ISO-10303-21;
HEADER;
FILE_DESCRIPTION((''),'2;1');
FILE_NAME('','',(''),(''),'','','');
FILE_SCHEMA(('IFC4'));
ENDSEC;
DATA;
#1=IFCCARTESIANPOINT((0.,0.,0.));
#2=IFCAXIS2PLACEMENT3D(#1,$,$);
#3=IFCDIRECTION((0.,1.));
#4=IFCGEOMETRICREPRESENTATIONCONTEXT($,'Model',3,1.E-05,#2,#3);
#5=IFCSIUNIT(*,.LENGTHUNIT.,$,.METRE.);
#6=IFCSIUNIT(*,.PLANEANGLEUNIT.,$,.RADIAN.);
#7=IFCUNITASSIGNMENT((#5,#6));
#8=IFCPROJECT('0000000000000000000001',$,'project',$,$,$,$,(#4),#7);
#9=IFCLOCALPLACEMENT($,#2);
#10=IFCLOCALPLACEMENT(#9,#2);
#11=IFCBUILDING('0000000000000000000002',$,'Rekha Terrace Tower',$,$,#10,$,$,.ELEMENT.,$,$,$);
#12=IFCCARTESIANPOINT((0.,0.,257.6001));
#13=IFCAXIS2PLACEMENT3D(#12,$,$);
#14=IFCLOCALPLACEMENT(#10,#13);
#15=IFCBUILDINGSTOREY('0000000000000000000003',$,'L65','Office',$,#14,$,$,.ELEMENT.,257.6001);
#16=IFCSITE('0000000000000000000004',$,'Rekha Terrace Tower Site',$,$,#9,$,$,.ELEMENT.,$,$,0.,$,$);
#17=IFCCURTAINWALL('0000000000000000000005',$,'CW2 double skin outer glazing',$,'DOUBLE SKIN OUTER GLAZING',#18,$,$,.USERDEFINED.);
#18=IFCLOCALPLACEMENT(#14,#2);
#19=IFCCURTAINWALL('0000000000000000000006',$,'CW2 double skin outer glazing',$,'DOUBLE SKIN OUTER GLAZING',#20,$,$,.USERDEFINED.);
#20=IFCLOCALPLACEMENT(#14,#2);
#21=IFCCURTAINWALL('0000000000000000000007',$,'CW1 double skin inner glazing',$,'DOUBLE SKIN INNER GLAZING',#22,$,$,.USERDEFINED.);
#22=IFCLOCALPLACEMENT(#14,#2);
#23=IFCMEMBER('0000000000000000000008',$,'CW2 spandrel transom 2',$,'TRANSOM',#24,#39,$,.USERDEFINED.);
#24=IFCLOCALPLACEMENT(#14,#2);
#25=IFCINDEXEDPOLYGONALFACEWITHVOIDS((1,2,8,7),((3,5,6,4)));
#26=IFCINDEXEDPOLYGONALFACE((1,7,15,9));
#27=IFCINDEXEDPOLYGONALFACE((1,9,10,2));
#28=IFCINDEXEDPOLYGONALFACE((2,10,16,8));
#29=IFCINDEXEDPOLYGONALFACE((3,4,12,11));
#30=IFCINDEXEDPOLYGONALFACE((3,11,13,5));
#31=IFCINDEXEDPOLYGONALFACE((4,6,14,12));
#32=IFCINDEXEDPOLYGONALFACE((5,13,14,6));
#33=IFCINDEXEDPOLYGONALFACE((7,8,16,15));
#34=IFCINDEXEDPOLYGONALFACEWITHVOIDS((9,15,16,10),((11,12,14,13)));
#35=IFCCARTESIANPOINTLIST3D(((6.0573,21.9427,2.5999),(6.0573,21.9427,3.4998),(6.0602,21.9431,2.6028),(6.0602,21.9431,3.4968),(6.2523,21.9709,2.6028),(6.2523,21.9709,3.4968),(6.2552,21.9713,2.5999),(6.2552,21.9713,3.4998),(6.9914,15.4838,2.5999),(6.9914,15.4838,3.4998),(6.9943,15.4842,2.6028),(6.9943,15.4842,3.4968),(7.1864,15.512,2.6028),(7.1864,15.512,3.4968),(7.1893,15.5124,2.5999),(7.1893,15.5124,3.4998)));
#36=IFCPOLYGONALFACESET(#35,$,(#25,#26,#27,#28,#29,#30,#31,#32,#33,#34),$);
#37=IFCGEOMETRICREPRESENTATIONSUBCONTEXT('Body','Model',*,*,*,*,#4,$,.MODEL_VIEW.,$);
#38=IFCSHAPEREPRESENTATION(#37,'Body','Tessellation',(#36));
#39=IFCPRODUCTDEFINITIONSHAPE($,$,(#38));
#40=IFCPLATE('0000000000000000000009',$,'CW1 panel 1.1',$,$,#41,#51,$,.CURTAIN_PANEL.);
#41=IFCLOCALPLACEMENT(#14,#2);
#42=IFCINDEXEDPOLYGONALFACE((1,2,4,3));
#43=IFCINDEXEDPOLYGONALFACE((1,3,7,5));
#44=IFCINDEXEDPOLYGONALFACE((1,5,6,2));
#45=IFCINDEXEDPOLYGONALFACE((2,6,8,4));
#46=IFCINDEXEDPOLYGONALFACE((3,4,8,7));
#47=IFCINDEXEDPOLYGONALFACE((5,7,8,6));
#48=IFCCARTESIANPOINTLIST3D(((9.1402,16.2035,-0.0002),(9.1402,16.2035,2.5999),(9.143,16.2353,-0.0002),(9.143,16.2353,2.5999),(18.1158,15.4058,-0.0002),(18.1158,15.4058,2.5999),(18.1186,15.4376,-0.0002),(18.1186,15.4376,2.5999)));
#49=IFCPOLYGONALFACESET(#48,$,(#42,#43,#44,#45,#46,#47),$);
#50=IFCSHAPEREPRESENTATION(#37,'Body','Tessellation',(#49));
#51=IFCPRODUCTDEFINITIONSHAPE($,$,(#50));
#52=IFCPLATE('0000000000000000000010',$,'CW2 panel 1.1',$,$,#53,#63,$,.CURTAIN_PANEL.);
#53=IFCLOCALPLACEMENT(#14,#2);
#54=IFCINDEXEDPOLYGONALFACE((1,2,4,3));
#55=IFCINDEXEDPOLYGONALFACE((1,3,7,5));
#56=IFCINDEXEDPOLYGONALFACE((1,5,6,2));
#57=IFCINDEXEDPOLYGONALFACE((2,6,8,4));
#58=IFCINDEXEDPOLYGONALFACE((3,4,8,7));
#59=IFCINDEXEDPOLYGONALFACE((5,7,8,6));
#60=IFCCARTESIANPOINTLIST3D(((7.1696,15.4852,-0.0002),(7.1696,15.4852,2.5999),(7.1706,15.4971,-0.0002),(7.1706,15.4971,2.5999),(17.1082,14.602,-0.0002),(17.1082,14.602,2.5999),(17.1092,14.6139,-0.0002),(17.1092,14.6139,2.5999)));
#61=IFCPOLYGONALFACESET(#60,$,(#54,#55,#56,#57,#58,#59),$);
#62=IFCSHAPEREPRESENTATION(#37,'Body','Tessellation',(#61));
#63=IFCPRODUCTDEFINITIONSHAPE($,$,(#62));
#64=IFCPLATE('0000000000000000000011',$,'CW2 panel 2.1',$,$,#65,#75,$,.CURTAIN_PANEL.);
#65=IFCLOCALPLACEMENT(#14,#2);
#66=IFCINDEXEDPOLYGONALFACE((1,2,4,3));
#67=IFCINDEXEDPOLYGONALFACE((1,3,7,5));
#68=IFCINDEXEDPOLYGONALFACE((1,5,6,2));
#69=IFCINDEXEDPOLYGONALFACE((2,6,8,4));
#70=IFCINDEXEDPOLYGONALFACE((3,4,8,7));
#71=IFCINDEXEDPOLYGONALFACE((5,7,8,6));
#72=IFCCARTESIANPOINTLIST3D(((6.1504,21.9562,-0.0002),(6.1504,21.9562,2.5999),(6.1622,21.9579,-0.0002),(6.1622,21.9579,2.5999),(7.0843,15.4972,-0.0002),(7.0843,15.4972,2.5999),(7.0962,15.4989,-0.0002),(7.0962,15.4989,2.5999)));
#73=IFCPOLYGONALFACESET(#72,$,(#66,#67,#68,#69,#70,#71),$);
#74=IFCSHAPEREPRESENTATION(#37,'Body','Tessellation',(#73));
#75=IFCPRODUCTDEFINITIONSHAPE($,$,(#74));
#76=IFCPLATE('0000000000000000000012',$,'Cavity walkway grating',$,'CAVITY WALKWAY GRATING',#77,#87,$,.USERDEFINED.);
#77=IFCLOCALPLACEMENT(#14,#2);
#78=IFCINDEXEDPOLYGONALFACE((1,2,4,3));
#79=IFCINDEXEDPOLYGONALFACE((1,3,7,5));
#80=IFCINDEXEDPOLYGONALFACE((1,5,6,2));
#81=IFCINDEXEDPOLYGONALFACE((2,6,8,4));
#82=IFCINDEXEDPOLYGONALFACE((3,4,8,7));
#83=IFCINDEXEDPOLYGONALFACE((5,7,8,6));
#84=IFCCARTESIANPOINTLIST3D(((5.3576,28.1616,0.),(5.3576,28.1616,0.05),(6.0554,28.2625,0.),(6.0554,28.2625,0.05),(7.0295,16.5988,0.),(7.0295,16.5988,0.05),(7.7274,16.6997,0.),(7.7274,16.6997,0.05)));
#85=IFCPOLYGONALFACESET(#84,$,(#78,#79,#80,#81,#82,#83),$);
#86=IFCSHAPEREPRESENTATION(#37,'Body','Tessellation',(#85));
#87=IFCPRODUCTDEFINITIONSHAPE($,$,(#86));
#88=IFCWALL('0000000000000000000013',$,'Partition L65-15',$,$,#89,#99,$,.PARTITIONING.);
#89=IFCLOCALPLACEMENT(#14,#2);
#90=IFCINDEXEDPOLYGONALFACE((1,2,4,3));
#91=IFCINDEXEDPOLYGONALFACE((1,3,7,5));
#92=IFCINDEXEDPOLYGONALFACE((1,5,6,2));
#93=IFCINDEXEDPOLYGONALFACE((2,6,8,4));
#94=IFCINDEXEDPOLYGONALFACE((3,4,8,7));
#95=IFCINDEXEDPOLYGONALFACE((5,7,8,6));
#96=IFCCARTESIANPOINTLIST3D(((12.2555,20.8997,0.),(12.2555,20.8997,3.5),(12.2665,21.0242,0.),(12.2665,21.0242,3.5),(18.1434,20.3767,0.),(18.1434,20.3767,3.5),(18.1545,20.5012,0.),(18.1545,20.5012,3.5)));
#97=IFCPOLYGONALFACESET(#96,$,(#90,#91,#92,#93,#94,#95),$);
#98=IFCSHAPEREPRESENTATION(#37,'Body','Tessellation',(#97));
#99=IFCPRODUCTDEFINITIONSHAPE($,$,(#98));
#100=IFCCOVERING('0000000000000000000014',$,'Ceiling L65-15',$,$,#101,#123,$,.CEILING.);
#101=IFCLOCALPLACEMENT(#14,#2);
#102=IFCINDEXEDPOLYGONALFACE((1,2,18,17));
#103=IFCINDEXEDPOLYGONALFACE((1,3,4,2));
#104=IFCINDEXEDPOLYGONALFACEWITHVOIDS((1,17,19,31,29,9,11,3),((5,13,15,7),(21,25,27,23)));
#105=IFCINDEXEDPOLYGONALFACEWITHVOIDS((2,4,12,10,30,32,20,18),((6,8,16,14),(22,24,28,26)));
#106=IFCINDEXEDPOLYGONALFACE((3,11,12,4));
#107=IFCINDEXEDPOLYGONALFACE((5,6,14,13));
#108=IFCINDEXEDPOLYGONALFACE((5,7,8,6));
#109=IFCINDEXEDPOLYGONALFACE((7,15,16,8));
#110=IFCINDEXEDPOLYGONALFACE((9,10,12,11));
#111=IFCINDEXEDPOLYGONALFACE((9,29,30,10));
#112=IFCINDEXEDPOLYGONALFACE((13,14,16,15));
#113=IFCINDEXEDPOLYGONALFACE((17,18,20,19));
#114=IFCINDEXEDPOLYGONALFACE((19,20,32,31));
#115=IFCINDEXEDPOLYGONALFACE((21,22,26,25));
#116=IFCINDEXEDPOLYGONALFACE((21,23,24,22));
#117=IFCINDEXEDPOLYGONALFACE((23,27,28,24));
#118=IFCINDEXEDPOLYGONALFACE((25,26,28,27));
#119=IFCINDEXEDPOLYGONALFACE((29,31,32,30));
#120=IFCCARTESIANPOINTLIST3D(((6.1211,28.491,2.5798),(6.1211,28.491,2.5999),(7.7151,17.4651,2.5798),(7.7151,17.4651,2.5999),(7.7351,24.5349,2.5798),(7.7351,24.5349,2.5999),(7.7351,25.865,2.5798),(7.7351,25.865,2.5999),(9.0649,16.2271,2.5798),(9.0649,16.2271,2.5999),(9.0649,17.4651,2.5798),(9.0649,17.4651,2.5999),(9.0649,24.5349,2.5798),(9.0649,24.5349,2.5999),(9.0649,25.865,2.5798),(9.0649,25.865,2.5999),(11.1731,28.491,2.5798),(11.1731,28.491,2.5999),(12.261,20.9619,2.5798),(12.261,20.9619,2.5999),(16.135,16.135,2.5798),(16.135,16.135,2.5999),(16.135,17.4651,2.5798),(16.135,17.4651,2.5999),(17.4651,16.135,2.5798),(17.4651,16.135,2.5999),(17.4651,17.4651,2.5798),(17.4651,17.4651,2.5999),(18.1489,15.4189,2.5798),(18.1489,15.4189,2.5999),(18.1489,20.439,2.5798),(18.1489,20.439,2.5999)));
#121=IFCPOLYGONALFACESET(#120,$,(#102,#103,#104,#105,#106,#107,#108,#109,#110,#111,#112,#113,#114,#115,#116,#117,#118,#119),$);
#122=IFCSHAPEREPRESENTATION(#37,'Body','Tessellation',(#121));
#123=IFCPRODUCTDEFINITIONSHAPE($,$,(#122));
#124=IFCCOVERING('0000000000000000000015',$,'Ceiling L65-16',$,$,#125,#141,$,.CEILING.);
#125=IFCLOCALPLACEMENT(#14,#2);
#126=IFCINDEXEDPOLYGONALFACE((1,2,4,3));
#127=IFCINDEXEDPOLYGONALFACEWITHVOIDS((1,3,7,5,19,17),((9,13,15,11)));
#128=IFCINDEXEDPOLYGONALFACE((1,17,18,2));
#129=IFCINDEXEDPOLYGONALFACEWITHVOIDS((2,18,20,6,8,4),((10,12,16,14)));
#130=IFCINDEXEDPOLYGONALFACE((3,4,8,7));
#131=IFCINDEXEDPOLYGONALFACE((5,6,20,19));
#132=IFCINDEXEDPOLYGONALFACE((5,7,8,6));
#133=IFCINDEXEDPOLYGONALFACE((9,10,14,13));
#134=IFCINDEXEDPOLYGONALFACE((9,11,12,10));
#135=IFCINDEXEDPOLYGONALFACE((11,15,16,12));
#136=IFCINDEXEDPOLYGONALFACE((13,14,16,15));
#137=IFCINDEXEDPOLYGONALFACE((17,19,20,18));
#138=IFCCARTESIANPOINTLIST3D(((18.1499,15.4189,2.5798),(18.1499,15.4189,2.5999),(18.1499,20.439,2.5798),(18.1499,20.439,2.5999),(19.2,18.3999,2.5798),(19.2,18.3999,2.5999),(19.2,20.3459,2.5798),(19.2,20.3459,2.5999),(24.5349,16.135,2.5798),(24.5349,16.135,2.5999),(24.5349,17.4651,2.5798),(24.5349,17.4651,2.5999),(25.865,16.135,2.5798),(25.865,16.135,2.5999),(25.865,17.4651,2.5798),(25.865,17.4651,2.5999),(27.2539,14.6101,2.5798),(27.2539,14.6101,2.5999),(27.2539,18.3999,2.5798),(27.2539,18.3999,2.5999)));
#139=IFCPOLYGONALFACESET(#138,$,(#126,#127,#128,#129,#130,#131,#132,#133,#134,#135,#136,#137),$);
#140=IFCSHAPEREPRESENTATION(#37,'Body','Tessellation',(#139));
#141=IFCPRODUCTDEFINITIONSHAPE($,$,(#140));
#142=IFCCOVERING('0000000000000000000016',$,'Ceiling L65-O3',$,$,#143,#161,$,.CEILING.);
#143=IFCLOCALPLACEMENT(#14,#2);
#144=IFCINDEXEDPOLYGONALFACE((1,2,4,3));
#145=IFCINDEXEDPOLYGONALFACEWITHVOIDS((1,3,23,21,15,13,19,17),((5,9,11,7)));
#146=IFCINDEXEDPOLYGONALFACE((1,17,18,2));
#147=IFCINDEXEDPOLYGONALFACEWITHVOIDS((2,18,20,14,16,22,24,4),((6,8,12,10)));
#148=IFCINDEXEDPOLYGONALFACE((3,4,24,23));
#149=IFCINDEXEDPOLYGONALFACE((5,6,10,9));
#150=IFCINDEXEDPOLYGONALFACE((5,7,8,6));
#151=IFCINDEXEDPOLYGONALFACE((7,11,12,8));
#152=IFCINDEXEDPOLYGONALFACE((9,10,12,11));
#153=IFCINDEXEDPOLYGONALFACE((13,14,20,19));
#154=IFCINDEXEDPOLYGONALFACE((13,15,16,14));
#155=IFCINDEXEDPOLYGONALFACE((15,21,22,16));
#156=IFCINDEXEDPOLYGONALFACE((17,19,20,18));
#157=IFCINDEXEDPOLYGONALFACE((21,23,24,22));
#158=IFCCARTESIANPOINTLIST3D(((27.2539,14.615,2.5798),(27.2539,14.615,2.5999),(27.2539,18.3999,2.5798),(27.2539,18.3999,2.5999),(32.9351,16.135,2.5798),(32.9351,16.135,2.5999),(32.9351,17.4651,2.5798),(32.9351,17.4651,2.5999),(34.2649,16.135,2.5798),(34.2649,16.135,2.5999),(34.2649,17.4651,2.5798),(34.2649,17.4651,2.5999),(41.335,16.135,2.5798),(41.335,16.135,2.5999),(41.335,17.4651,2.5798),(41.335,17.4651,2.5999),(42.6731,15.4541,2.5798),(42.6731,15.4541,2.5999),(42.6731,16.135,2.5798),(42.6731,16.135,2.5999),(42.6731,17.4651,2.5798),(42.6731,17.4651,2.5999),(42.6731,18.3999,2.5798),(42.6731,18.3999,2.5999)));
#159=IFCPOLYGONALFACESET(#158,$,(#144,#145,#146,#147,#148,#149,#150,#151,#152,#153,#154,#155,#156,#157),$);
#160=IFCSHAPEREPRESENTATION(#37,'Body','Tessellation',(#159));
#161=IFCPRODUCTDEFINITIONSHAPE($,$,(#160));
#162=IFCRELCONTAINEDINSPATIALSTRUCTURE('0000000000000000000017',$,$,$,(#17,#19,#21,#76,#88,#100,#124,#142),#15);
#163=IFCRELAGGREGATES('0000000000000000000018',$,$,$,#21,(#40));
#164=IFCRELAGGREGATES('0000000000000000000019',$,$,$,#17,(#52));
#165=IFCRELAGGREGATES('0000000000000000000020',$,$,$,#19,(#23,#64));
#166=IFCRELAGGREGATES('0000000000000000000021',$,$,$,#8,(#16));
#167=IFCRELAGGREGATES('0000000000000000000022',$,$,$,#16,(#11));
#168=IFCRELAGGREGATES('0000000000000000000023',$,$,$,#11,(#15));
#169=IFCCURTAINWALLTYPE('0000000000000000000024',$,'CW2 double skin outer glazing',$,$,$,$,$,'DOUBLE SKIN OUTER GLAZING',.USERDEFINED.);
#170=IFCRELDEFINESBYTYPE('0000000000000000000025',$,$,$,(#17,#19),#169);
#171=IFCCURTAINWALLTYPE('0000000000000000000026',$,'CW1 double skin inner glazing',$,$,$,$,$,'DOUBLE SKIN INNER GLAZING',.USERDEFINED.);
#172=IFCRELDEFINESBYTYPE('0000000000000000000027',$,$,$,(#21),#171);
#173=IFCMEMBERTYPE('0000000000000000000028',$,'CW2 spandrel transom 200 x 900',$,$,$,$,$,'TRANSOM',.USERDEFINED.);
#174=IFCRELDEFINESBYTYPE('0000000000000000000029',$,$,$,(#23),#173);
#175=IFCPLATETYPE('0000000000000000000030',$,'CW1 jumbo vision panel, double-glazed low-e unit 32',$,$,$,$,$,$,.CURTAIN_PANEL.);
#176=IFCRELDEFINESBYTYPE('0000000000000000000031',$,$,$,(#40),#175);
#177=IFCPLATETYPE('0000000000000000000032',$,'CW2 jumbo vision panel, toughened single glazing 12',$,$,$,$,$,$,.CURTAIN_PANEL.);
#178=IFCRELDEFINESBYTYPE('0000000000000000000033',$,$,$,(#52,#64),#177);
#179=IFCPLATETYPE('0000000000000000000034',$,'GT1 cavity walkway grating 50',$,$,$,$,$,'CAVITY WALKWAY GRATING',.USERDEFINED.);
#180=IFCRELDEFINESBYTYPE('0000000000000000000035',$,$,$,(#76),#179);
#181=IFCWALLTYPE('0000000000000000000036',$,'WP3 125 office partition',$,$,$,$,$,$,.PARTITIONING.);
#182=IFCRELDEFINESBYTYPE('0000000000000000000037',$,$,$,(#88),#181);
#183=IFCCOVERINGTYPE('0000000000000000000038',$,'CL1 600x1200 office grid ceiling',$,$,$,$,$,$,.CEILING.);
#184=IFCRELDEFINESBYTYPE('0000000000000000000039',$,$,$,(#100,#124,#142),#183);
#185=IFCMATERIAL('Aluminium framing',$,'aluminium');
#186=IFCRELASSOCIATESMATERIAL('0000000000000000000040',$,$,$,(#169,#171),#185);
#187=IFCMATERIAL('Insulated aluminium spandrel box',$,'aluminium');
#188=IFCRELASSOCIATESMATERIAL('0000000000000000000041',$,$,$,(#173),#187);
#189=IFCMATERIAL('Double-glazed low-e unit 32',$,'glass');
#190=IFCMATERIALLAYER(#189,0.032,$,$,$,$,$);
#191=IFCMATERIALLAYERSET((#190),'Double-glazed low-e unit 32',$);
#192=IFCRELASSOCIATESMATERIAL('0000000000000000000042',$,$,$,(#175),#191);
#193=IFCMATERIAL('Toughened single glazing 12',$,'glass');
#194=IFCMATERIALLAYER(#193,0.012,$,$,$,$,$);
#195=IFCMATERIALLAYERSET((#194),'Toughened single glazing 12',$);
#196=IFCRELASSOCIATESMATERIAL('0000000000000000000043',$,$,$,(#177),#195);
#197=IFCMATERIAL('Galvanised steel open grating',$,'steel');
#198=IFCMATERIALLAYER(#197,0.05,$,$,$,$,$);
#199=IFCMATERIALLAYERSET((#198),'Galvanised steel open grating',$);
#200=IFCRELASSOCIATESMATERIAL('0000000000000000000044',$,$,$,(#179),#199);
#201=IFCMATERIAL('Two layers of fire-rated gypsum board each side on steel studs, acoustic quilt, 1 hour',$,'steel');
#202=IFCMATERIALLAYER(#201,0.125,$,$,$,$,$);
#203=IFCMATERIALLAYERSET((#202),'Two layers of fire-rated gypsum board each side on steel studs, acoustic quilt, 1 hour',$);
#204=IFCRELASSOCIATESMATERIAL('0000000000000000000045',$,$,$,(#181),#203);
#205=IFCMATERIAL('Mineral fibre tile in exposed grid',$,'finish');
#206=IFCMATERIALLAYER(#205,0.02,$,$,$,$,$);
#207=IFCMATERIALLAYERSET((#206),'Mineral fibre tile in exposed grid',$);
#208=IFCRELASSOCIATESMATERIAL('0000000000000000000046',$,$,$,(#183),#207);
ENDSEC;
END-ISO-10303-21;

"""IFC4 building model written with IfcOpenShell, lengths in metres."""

from ifc_helpers import new_model, si_unit, direction, frame, frame_2d, origin, origin_2d, place, context, subcontext, project, spatial, polyline, rectangle, hollow_rectangle, outline, extrude, material, layer, layer_set, material_profile, profile_set, type_object, element, aggregate, save


model = new_model("IFC4")

# Units and contexts
model_context = context("Model", 3, precision=1e-05, world=origin(), true_north=direction((0.0, 1.0)))
body_context = subcontext(model_context, "Body", "Model", "MODEL_VIEW")
ifc_project = project(units=[si_unit("LENGTHUNIT", "METRE"), si_unit("PLANEANGLEUNIT", "RADIAN")], contexts=[model_context])

# Site, building, storey
site_placement = place(None, origin())
site = spatial("IfcSite", under=ifc_project, at=site_placement, Name="Rekha Terrace Tower Site", CompositionType="ELEMENT", RefElevation=0.0)
building_placement = place(site_placement, origin())
building = spatial("IfcBuilding", under=site, at=building_placement, Name="Rekha Terrace Tower", CompositionType="ELEMENT")
storey_placement = place(building_placement, frame((0.0, 0.0, 257.6001)))
storey = spatial("IfcBuildingStorey", under=building, at=storey_placement, Name="L65", Description="Office", CompositionType="ELEMENT", Elevation=257.6001)

# Curtain walls
ifc_material_1 = material(Name="Aluminium framing", Category="aluminium")
curtain_wall_type_1 = type_object("IfcCurtainWallType", Name="CW2 double skin outer glazing", ElementType="DOUBLE SKIN OUTER GLAZING", PredefinedType="USERDEFINED", material=ifc_material_1)
curtain_wall_1_placement = place(storey_placement, origin())
curtain_wall_1 = element("IfcCurtainWall", 1, at=curtain_wall_1_placement, inside=storey, type_object=curtain_wall_type_1, Name="CW2 double skin outer glazing", ObjectType="DOUBLE SKIN OUTER GLAZING", PredefinedType="USERDEFINED")
curtain_wall_2_placement = place(storey_placement, origin())
curtain_wall_2 = element("IfcCurtainWall", 2, at=curtain_wall_2_placement, inside=storey, type_object=curtain_wall_type_1, Name="CW2 double skin outer glazing", ObjectType="DOUBLE SKIN OUTER GLAZING", PredefinedType="USERDEFINED")
curtain_wall_type_2 = type_object("IfcCurtainWallType", Name="CW1 double skin inner glazing", ElementType="DOUBLE SKIN INNER GLAZING", PredefinedType="USERDEFINED", material=ifc_material_1)
curtain_wall_3_placement = place(storey_placement, origin())
curtain_wall_3 = element("IfcCurtainWall", 3, at=curtain_wall_3_placement, inside=storey, type_object=curtain_wall_type_2, Name="CW1 double skin inner glazing", ObjectType="DOUBLE SKIN INNER GLAZING", PredefinedType="USERDEFINED")

# Member
ifc_material_2 = material(Name="Insulated aluminium spandrel box", Category="aluminium")
ifc_material_profile_1 = material_profile(ifc_material_2, hollow_rectangle(XDim=0.2, YDim=0.8999, WallThickness=0.0029, at=origin_2d()), Name="AL SPANDREL BOX 200x900")
ifc_profile_set_1 = profile_set([ifc_material_profile_1], Name="Insulated aluminium spandrel box")
member_type_1 = type_object("IfcMemberType", Name="CW2 spandrel transom 200 x 900", ElementType="TRANSOM", PredefinedType="USERDEFINED", material=ifc_profile_set_1)
member_1_placement = place(storey_placement, frame((6.1562, 21.957, 3.0498), z_axis=(0.143129, -0.989704, 0.0), x_axis=(0.989704, 0.143129, 0.0)))
member_1 = element("IfcMember", 4, at=member_1_placement, type_object=member_type_1, Name="CW2 spandrel transom 2", ObjectType="TRANSOM", PredefinedType="USERDEFINED", context=body_context, shape_type="SweptSolid", body=[
    extrude(hollow_rectangle(XDim=0.2, YDim=0.8999, WallThickness=0.0029, at=origin_2d()), origin(), (0.0, 0.0, 1.0), 6.5261),
])

# Plates
ifc_material_3 = material(Name="Double-glazed low-e unit 32", Category="glass")
ifc_layer_1 = layer(ifc_material_3, 0.032)
ifc_layer_set_1 = layer_set([ifc_layer_1], Name="Double-glazed low-e unit 32")
plate_type_1 = type_object("IfcPlateType", Name="CW1 jumbo vision panel, double-glazed low-e unit 32", PredefinedType="CURTAIN_PANEL", material=ifc_layer_set_1)
plate_1_placement = place(storey_placement, frame((13.6294, 15.8206, -0.0002), z_axis=(0.0, 0.0, 1.0), x_axis=(0.996074, -0.088522, 0.0)))
plate_1 = element("IfcPlate", 5, at=plate_1_placement, type_object=plate_type_1, Name="CW1 panel 1.1", PredefinedType="CURTAIN_PANEL", context=body_context, shape_type="SweptSolid", body=[
    extrude(rectangle(XDim=9.011, YDim=0.032, at=origin_2d()), origin(), (0.0, 0.0, 1.0), 2.6001),
])
aggregate(curtain_wall_3, [plate_1])
ifc_material_4 = material(Name="Toughened single glazing 12", Category="glass")
ifc_layer_2 = layer(ifc_material_4, 0.012)
ifc_layer_set_2 = layer_set([ifc_layer_2], Name="Toughened single glazing 12")
plate_type_2 = type_object("IfcPlateType", Name="CW2 jumbo vision panel, toughened single glazing 12", PredefinedType="CURTAIN_PANEL", material=ifc_layer_set_2)
plate_2_placement = place(storey_placement, frame((12.1394, 15.0496, -0.0002), z_axis=(0.0, 0.0, 1.0), x_axis=(0.996074, -0.088522, 0.0)))
plate_2 = element("IfcPlate", 6, at=plate_2_placement, type_object=plate_type_2, Name="CW2 panel 1.1", PredefinedType="CURTAIN_PANEL", context=body_context, shape_type="SweptSolid", body=[
    extrude(rectangle(XDim=9.9778, YDim=0.012, at=origin_2d()), origin(), (0.0, 0.0, 1.0), 2.6001),
])
aggregate(curtain_wall_1, [plate_2])
plate_3_placement = place(storey_placement, frame((6.6233, 18.7275, -0.0002), z_axis=(0.0, 0.0, 1.0), x_axis=(0.143108, -0.989707, 0.0)))
plate_3 = element("IfcPlate", 7, at=plate_3_placement, type_object=plate_type_2, Name="CW2 panel 2.1", PredefinedType="CURTAIN_PANEL", context=body_context, shape_type="SweptSolid", body=[
    extrude(rectangle(XDim=6.5261, YDim=0.012, at=origin_2d()), origin(), (0.0, 0.0, 1.0), 2.6001),
])
aggregate(curtain_wall_2, [member_1, plate_3])
ifc_material_5 = material(Name="Galvanised steel open grating", Category="steel")
ifc_layer_3 = layer(ifc_material_5, 0.05)
ifc_layer_set_3 = layer_set([ifc_layer_3], Name="Galvanised steel open grating")
plate_type_3 = type_object("IfcPlateType", Name="GT1 cavity walkway grating 50", ElementType="CAVITY WALKWAY GRATING", PredefinedType="USERDEFINED", material=ifc_layer_set_3)
plate_4_placement = place(storey_placement, frame((6.5425, 22.4307, 0.0), z_axis=(0.0, 0.0, 1.0), x_axis=(0.143108, -0.989707, 0.0)))
element("IfcPlate", 8, at=plate_4_placement, inside=storey, type_object=plate_type_3, Name="Cavity walkway grating", ObjectType="CAVITY WALKWAY GRATING", PredefinedType="USERDEFINED", context=body_context, shape_type="SweptSolid", body=[
    extrude(rectangle(XDim=11.6831, YDim=0.7051, at=origin_2d()), origin(), (0.0, 0.0, 1.0), 0.05),
])

# Wall
ifc_material_6 = material(Name="Two layers of fire-rated gypsum board each side on steel studs, acoustic quilt, 1 hour", Category="steel")
ifc_layer_4 = layer(ifc_material_6, 0.125)
ifc_layer_set_4 = layer_set([ifc_layer_4], Name="Two layers of fire-rated gypsum board each side on steel studs, acoustic quilt, 1 hour")
wall_type = type_object("IfcWallType", Name="WP3 125 office partition", PredefinedType="PARTITIONING", material=ifc_layer_set_4)
wall_placement = place(storey_placement, frame((12.261, 20.9619, 0.0), z_axis=(0.0, 0.0, 1.0), x_axis=(0.996079, -0.088469, 0.0)))
element("IfcWall", 9, at=wall_placement, inside=storey, type_object=wall_type, Name="Partition L65-15", PredefinedType="PARTITIONING", context=body_context, shape_type="SweptSolid", body=[
    extrude(rectangle(XDim=5.9111, YDim=0.125, at=frame_2d((2.9556, 0.0))), origin(), (0.0, 0.0, 1.0), 3.5),
])

# Coverings
ifc_material_7 = material(Name="Mineral fibre tile in exposed grid", Category="finish")
ifc_layer_5 = layer(ifc_material_7, 0.02)
ifc_layer_set_5 = layer_set([ifc_layer_5], Name="Mineral fibre tile in exposed grid")
covering_type_1 = type_object("IfcCoveringType", Name="CL1 600x1200 office grid ceiling", PredefinedType="CEILING", material=ifc_layer_set_5)
covering_1_placement = place(storey_placement, frame((0.0, 0.0, 2.5798)))
element("IfcCovering", 10, at=covering_1_placement, inside=storey, type_object=covering_type_1, Name="Ceiling L65-15", PredefinedType="CEILING", context=body_context, shape_type="SweptSolid", body=[
    extrude(outline(polyline([(6.1211, 28.491), (7.7151, 17.4651), (9.0649, 17.4651), (9.0649, 16.2271), (18.1489, 15.4189), (18.1489, 20.439), (12.261, 20.9619), (11.1731, 28.491), (6.1211, 28.491)]), holes=[polyline([(17.4651, 17.4651), (17.4651, 16.135), (16.135, 16.135), (16.135, 17.4651), (17.4651, 17.4651)]), polyline([(9.0649, 25.865), (9.0649, 24.5349), (7.7351, 24.5349), (7.7351, 25.865), (9.0649, 25.865)])]), origin(), (0.0, 0.0, 1.0), 0.02),
])
covering_2_placement = place(storey_placement, frame((0.0, 0.0, 2.5798)))
element("IfcCovering", 11, at=covering_2_placement, inside=storey, type_object=covering_type_1, Name="Ceiling L65-16", PredefinedType="CEILING", context=body_context, shape_type="SweptSolid", body=[
    extrude(outline(polyline([(27.2539, 14.6101), (27.2539, 18.3999), (19.2, 18.3999), (19.2, 20.3459), (18.1499, 20.439), (18.1499, 15.4189), (27.2539, 14.6101)]), holes=[polyline([(25.865, 17.4651), (25.865, 16.135), (24.5349, 16.135), (24.5349, 17.4651), (25.865, 17.4651)])]), origin(), (0.0, 0.0, 1.0), 0.02),
])
covering_3_placement = place(storey_placement, frame((0.0, 0.0, 2.5798)))
element("IfcCovering", 12, at=covering_3_placement, inside=storey, type_object=covering_type_1, Name="Ceiling L65-O3", PredefinedType="CEILING", context=body_context, shape_type="SweptSolid", body=[
    extrude(outline(polyline([(27.2539, 18.3999), (27.2539, 14.615), (42.6731, 15.4541), (42.6731, 16.135), (41.335, 16.135), (41.335, 17.4651), (42.6731, 17.4651), (42.6731, 18.3999), (27.2539, 18.3999)]), holes=[polyline([(34.2649, 16.135), (32.9351, 16.135), (32.9351, 17.4651), (34.2649, 17.4651), (34.2649, 16.135)])]), origin(), (0.0, 0.0, 1.0), 0.02),
])

save(model, "model.ifc")
